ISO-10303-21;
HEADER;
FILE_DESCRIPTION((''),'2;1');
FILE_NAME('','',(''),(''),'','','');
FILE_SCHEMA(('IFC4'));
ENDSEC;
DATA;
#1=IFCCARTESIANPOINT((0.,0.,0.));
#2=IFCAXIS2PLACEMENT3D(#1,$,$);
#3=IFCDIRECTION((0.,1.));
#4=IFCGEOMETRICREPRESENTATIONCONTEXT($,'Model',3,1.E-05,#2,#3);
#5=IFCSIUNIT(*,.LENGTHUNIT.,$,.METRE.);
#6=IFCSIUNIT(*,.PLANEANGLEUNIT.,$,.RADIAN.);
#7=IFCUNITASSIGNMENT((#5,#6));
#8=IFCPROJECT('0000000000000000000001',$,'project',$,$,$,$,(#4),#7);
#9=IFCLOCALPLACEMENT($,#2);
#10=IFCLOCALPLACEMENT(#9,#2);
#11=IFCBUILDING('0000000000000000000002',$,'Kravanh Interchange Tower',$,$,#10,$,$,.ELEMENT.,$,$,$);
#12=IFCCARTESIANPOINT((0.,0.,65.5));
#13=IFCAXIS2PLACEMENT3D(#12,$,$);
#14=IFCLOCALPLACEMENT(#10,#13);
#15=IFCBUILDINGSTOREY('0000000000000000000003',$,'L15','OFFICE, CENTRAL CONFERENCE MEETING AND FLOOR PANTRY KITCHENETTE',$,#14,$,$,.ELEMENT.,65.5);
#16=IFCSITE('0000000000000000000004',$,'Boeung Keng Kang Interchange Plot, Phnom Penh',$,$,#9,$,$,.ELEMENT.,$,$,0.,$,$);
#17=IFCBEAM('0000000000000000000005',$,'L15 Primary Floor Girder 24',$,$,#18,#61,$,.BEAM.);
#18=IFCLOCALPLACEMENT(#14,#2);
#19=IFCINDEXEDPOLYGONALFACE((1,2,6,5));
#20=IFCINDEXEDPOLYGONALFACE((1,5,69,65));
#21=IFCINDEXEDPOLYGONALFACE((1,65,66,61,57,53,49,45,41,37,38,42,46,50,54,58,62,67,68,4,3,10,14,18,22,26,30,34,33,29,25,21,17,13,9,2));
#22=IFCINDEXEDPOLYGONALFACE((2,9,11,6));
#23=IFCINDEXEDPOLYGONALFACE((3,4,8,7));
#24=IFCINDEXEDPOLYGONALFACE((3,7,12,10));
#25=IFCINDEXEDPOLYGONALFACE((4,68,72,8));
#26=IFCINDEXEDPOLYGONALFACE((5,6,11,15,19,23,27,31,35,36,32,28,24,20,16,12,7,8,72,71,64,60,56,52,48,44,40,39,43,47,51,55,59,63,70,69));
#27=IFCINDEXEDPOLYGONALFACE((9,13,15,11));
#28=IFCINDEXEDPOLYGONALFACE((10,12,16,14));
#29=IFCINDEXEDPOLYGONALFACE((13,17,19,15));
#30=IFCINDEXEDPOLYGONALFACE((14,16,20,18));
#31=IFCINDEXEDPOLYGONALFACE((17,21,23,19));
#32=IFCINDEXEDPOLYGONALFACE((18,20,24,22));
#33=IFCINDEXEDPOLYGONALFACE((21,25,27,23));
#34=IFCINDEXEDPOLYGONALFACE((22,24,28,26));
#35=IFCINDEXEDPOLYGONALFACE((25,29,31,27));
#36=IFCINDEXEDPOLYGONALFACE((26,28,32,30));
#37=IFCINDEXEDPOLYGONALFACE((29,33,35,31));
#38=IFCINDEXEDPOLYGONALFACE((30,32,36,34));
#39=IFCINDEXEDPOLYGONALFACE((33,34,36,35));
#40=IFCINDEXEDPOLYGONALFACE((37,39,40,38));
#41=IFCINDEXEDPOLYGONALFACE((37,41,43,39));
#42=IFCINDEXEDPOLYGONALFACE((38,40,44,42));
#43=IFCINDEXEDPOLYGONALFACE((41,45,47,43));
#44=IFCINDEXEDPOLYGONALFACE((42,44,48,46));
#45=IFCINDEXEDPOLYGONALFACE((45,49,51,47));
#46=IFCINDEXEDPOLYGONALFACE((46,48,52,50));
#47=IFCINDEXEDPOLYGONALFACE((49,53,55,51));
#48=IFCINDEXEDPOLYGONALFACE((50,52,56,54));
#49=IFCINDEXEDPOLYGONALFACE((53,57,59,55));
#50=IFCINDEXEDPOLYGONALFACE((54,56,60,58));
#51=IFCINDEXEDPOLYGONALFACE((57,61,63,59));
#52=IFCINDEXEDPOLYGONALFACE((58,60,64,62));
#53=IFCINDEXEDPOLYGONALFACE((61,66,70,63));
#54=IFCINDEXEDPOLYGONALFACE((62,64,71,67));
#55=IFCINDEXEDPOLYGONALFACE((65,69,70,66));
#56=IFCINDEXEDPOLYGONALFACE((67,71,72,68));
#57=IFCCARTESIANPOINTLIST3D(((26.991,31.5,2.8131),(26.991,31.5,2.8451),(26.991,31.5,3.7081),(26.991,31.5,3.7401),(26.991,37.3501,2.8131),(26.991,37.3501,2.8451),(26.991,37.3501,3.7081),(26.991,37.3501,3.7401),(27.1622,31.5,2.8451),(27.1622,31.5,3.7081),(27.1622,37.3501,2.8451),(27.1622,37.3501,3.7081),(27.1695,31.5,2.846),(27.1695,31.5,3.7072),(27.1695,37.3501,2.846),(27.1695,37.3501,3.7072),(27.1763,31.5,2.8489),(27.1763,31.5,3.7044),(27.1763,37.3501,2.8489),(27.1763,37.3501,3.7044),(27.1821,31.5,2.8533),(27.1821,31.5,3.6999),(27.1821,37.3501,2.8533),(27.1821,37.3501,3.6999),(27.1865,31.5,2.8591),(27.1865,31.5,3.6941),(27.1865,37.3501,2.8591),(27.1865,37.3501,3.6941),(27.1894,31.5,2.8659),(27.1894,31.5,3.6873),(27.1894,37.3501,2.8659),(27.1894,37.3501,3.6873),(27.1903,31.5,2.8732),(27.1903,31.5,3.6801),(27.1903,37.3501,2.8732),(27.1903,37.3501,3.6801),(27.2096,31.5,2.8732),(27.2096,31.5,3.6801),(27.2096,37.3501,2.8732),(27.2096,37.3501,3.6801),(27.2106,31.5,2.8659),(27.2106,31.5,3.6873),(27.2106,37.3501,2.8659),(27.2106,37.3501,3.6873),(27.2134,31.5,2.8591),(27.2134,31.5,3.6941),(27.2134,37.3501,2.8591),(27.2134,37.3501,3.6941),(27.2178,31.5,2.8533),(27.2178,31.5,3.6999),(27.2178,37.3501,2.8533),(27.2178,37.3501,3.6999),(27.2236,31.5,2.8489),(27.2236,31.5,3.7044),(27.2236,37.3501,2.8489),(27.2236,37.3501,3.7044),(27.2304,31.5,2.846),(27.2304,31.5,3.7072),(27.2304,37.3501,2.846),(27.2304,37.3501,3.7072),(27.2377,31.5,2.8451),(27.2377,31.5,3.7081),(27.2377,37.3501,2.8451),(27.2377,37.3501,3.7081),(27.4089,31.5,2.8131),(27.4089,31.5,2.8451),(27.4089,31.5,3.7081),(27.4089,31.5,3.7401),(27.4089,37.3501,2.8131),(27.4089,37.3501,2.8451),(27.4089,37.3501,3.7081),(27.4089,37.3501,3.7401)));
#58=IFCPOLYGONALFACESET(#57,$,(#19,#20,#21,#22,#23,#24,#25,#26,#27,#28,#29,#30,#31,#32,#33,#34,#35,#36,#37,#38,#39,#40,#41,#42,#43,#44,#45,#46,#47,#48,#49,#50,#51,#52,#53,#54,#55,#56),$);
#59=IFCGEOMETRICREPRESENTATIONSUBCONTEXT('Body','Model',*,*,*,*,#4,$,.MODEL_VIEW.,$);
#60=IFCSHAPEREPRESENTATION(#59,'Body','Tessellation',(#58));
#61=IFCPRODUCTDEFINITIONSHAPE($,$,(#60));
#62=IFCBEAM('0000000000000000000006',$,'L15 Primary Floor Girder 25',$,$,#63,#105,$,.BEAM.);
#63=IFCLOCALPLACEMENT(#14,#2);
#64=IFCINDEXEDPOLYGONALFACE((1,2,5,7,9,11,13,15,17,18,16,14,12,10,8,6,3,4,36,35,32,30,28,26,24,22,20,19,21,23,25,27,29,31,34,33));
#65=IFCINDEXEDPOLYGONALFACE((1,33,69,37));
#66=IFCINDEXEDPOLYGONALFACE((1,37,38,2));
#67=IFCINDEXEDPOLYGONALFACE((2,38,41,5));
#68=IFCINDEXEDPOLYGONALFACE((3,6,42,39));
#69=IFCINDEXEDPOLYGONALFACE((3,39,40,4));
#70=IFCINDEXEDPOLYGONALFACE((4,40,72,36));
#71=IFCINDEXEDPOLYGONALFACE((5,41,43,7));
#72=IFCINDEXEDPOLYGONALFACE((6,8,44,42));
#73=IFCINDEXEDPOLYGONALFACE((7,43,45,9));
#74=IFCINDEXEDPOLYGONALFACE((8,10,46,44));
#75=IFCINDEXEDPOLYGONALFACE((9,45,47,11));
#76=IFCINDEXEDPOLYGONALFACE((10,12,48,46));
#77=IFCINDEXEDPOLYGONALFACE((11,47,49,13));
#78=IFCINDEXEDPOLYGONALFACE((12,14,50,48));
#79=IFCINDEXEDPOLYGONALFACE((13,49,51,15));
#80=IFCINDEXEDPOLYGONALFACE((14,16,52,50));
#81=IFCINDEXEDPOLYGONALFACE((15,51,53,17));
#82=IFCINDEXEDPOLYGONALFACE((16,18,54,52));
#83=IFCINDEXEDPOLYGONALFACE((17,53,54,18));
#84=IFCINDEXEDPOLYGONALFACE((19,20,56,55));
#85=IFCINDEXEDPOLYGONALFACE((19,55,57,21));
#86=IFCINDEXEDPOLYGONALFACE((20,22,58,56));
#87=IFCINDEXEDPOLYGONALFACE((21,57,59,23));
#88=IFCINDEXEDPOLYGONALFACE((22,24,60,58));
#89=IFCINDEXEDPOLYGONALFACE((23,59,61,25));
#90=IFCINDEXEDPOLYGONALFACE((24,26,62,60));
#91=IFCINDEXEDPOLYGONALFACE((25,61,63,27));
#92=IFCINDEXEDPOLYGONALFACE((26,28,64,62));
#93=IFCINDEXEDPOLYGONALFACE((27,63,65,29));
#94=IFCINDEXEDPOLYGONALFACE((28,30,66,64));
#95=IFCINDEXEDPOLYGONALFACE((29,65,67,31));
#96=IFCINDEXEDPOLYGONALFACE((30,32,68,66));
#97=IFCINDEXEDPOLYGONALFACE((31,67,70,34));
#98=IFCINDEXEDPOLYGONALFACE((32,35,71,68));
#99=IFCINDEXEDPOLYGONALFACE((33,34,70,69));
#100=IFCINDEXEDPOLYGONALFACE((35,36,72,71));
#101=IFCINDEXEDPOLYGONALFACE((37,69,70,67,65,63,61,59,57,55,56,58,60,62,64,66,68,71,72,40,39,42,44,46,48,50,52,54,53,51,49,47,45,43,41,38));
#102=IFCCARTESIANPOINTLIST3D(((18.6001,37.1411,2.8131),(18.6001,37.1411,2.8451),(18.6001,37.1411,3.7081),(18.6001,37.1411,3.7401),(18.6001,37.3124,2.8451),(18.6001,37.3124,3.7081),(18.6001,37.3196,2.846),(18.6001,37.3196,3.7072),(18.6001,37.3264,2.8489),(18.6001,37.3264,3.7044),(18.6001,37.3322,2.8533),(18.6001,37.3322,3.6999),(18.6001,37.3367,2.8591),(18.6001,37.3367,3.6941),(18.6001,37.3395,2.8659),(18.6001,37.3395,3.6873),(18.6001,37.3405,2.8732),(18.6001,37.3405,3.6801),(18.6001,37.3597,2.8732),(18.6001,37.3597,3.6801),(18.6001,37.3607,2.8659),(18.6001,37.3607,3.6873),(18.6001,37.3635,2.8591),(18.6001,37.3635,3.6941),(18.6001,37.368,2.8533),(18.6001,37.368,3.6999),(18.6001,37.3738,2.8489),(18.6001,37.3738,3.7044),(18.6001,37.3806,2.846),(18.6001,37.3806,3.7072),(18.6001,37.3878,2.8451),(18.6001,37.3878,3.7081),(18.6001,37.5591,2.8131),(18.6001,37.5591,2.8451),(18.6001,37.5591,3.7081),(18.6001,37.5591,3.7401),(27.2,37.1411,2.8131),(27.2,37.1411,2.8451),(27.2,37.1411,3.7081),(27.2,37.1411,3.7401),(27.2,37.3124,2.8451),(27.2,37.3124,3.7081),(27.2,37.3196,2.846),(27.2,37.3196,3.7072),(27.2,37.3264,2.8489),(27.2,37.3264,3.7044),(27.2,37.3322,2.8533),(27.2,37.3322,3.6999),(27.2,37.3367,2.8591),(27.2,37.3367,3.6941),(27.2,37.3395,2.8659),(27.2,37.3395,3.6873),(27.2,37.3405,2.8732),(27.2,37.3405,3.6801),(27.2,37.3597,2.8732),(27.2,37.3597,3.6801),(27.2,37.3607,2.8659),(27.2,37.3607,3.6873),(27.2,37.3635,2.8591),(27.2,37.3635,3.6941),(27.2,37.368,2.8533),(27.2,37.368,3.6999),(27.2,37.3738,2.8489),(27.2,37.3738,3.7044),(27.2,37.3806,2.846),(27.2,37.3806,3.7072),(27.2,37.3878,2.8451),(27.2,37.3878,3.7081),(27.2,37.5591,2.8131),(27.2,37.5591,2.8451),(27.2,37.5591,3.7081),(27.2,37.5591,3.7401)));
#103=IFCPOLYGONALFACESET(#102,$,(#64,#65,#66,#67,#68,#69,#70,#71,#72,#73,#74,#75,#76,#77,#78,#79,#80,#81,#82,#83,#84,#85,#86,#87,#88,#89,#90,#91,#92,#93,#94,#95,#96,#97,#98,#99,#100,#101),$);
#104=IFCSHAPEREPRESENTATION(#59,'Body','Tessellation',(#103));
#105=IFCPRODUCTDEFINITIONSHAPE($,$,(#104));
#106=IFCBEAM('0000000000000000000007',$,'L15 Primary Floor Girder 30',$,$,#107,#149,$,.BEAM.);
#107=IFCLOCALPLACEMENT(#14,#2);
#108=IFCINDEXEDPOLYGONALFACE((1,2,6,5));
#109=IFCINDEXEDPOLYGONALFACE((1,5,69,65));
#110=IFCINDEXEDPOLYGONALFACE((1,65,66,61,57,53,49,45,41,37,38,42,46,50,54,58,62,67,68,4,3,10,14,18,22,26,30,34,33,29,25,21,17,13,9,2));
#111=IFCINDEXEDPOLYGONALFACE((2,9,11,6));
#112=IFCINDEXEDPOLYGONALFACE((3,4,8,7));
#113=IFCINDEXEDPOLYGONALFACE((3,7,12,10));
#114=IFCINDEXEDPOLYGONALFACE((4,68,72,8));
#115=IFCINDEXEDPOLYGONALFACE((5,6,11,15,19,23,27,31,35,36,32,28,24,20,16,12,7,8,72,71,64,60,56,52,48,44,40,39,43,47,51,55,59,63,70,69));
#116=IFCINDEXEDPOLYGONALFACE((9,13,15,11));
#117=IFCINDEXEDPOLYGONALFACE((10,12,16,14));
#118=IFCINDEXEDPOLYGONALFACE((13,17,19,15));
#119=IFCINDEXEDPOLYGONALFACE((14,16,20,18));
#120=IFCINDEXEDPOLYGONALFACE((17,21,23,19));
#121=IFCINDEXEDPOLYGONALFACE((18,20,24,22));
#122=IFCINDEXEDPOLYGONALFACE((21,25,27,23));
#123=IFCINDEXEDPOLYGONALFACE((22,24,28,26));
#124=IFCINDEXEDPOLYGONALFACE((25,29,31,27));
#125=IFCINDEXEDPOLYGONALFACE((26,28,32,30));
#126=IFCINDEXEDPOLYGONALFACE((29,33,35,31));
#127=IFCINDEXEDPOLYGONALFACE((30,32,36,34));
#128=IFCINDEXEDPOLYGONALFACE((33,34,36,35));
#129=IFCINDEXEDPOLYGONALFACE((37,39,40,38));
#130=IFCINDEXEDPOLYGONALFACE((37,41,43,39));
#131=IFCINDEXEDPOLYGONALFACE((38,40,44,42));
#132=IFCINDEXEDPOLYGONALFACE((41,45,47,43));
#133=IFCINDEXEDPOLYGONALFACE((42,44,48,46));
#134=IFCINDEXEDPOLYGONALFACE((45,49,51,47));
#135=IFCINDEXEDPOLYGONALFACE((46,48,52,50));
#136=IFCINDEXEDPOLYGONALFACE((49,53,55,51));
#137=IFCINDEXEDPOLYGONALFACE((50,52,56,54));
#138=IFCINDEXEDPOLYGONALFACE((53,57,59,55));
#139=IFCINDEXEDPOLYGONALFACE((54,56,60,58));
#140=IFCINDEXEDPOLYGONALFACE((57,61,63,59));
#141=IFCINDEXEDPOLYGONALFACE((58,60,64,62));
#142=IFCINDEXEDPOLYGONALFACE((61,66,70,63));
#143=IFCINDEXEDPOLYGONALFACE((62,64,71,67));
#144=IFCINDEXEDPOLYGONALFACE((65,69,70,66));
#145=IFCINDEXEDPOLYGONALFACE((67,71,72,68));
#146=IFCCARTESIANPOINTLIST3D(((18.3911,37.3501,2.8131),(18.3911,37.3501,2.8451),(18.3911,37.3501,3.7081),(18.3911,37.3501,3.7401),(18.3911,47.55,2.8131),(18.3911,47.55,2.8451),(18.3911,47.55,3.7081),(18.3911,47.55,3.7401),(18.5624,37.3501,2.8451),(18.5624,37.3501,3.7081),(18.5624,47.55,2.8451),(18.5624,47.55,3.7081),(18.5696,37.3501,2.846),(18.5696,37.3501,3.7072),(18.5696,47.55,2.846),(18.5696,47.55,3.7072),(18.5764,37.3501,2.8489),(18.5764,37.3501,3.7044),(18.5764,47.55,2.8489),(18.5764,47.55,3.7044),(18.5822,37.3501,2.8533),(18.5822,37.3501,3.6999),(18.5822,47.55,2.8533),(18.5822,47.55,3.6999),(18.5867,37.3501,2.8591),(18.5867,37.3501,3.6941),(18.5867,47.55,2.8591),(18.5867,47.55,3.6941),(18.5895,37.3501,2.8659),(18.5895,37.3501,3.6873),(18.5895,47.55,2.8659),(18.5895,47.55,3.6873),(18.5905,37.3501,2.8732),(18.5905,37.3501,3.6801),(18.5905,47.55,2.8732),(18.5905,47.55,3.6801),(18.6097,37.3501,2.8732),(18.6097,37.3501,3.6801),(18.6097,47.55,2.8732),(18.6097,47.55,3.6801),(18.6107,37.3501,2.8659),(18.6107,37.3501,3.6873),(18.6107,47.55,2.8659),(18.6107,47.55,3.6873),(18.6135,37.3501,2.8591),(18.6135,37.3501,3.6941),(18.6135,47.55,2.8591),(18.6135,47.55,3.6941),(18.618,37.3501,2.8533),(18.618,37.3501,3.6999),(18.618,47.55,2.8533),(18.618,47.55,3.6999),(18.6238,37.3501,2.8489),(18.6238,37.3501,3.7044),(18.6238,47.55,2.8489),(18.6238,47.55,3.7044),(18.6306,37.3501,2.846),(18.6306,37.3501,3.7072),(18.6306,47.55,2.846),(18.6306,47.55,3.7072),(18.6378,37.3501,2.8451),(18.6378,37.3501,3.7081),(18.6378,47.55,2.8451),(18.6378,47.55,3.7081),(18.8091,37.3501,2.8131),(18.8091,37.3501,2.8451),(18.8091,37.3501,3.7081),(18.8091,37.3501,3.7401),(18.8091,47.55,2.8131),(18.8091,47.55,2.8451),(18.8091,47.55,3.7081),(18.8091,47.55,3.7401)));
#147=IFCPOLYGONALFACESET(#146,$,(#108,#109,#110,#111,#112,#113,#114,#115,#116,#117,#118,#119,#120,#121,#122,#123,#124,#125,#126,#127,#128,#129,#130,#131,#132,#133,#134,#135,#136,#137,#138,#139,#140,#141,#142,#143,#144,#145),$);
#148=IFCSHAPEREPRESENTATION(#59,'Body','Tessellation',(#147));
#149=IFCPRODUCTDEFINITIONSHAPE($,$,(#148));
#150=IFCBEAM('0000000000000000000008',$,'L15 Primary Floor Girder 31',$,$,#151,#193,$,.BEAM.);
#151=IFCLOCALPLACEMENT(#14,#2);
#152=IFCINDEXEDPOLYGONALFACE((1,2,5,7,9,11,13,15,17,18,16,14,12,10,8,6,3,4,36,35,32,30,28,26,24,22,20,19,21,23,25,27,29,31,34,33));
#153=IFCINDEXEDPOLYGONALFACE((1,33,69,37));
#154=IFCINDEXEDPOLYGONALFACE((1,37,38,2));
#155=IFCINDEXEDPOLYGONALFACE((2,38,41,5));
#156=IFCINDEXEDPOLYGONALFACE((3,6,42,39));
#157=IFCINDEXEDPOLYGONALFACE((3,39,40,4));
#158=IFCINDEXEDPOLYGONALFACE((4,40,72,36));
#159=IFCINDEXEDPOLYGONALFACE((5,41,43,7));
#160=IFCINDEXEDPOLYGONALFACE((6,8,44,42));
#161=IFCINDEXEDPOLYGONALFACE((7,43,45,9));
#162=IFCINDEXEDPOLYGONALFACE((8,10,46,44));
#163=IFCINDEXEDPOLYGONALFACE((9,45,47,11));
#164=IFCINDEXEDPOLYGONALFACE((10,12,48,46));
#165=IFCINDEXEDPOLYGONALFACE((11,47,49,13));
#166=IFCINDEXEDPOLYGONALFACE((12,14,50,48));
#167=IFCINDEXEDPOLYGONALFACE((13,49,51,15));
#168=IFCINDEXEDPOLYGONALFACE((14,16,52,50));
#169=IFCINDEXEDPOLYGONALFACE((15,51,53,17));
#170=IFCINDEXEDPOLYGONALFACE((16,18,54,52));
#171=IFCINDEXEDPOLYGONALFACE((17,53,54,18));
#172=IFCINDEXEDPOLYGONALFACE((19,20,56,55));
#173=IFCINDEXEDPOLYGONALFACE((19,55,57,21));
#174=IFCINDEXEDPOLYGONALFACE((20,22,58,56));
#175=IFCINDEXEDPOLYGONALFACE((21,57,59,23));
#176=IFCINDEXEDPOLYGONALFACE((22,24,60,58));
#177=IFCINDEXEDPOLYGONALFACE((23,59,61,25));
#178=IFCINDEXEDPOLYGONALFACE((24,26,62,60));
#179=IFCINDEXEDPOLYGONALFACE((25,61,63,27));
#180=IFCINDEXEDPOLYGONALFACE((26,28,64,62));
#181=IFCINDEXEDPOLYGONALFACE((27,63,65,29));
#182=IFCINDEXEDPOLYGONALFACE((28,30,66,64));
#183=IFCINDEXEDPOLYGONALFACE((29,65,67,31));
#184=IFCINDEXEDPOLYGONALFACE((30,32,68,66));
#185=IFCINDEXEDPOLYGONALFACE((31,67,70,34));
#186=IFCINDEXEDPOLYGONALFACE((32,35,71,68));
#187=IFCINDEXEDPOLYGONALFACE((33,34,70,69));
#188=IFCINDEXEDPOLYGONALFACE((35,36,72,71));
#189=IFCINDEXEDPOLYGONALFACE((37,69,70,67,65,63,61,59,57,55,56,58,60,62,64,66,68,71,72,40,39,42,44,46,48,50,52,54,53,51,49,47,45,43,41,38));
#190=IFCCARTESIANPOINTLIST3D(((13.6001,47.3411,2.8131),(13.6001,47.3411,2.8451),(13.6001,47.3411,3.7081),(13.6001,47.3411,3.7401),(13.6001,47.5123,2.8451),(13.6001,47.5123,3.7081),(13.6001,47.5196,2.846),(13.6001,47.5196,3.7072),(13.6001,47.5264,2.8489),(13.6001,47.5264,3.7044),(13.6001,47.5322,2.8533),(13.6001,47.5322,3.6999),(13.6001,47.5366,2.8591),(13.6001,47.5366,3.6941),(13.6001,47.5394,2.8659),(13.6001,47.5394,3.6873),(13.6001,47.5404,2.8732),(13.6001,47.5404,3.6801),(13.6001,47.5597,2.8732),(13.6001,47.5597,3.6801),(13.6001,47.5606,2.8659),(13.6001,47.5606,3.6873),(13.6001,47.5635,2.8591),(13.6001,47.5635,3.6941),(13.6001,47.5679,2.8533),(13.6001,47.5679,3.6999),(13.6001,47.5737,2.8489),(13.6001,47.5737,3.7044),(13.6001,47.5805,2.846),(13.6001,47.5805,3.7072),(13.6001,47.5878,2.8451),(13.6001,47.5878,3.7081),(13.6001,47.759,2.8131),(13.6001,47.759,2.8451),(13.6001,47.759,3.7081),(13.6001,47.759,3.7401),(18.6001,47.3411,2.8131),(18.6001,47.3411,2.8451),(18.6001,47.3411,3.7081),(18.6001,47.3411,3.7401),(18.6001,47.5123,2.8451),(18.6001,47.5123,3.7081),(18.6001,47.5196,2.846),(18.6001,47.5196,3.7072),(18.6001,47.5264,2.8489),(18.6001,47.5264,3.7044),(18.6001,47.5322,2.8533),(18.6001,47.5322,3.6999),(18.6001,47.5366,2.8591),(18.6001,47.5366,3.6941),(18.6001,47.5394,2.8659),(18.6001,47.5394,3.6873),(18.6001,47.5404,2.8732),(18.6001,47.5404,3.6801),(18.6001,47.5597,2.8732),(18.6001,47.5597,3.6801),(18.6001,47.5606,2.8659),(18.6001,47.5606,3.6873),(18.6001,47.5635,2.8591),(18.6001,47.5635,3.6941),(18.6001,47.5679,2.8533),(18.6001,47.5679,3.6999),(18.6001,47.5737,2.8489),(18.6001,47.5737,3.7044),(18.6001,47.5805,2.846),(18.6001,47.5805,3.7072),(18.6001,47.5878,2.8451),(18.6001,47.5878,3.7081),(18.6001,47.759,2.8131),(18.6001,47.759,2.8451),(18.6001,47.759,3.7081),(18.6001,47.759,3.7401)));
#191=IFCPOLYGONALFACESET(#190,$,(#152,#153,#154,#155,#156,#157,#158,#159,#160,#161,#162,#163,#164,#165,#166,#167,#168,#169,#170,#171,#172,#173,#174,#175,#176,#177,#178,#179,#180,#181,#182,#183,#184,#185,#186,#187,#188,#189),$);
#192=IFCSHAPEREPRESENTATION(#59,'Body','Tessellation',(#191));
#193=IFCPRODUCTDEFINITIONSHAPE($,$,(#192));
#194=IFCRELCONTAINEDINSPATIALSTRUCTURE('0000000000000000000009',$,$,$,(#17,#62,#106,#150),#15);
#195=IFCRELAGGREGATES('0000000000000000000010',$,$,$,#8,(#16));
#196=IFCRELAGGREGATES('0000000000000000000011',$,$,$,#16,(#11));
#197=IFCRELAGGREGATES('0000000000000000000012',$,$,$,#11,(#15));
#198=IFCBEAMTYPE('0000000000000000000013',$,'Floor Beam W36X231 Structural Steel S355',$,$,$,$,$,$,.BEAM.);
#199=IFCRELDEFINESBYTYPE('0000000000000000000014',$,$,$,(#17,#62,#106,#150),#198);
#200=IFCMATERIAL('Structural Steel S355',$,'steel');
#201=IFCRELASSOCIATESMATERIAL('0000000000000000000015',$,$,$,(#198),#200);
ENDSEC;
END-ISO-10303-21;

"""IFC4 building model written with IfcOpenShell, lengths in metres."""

from ifc_helpers import new_model, si_unit, direction, frame, origin, origin_2d, place, context, subcontext, project, spatial, i_section, extrude, material, material_profile, profile_set, type_object, element, save


model = new_model("IFC4")

# Units and contexts
model_context = context("Model", 3, precision=1e-05, world=origin(), true_north=direction((0.0, 1.0)))
body_context = subcontext(model_context, "Body", "Model", "MODEL_VIEW")
ifc_project = project(units=[si_unit("LENGTHUNIT", "METRE"), si_unit("PLANEANGLEUNIT", "RADIAN")], contexts=[model_context])

# Site, building, storey
site_placement = place(None, origin())
site = spatial("IfcSite", under=ifc_project, at=site_placement, Name="Boeung Keng Kang Interchange Plot, Phnom Penh", CompositionType="ELEMENT", RefElevation=0.0)
building_placement = place(site_placement, origin())
building = spatial("IfcBuilding", under=site, at=building_placement, Name="Kravanh Interchange Tower", CompositionType="ELEMENT")
storey_placement = place(building_placement, frame((0.0, 0.0, 65.5)))
storey = spatial("IfcBuildingStorey", under=building, at=storey_placement, Name="L15", Description="OFFICE, CENTRAL CONFERENCE MEETING AND FLOOR PANTRY KITCHENETTE", CompositionType="ELEMENT", Elevation=65.5)

# Beams
ifc_material_1 = material(Name="Structural Steel S355", Category="steel")
ifc_material_profile_1 = material_profile(ifc_material_1, i_section(OverallWidth=0.418, OverallDepth=0.927, WebThickness=0.0193, FlangeThickness=0.032, FilletRadius=0.0281, at=origin_2d()), Name="W36X231")
ifc_profile_set_1 = profile_set([ifc_material_profile_1], Name="Structural Steel S355")
beam_type = type_object("IfcBeamType", Name="Floor Beam W36X231 Structural Steel S355", PredefinedType="BEAM", material=ifc_profile_set_1)
beam_1_placement = place(storey_placement, frame((27.2, 37.3501, 3.2766), z_axis=(0.0, -1.0, 0.0), x_axis=(1.0, 0.0, 0.0)))
element("IfcBeam", 1, at=beam_1_placement, inside=storey, type_object=beam_type, Name="L15 Primary Floor Girder 24", PredefinedType="BEAM", context=body_context, shape_type="SweptSolid", body=[
    extrude(i_section(OverallWidth=0.418, OverallDepth=0.927, WebThickness=0.0193, FlangeThickness=0.032, FilletRadius=0.0281, at=origin_2d()), origin(), (0.0, 0.0, 1.0), 5.8501),
])
beam_2_placement = place(storey_placement, frame((27.2, 37.3501, 3.2766), z_axis=(-1.0, 0.0, 0.0), x_axis=(0.0, -1.0, 0.0)))
element("IfcBeam", 2, at=beam_2_placement, inside=storey, type_object=beam_type, Name="L15 Primary Floor Girder 25", PredefinedType="BEAM", context=body_context, shape_type="SweptSolid", body=[
    extrude(i_section(OverallWidth=0.418, OverallDepth=0.927, WebThickness=0.0193, FlangeThickness=0.032, FilletRadius=0.0281, at=origin_2d()), origin(), (0.0, 0.0, 1.0), 8.5999),
])
beam_3_placement = place(storey_placement, frame((18.6001, 37.3501, 3.2766), z_axis=(0.0, 1.0, 0.0), x_axis=(-1.0, 0.0, 0.0)))
element("IfcBeam", 3, at=beam_3_placement, inside=storey, type_object=beam_type, Name="L15 Primary Floor Girder 30", PredefinedType="BEAM", context=body_context, shape_type="SweptSolid", body=[
    extrude(i_section(OverallWidth=0.418, OverallDepth=0.927, WebThickness=0.0193, FlangeThickness=0.032, FilletRadius=0.0281, at=origin_2d()), origin(), (0.0, 0.0, 1.0), 10.2),
])
beam_4_placement = place(storey_placement, frame((18.6001, 47.55, 3.2766), z_axis=(-1.0, 0.0, 0.0), x_axis=(0.0, -1.0, 0.0)))
element("IfcBeam", 4, at=beam_4_placement, inside=storey, type_object=beam_type, Name="L15 Primary Floor Girder 31", PredefinedType="BEAM", context=body_context, shape_type="SweptSolid", body=[
    extrude(i_section(OverallWidth=0.418, OverallDepth=0.927, WebThickness=0.0193, FlangeThickness=0.032, FilletRadius=0.0281, at=origin_2d()), origin(), (0.0, 0.0, 1.0), 5.0),
])

save(model, "model.ifc")
